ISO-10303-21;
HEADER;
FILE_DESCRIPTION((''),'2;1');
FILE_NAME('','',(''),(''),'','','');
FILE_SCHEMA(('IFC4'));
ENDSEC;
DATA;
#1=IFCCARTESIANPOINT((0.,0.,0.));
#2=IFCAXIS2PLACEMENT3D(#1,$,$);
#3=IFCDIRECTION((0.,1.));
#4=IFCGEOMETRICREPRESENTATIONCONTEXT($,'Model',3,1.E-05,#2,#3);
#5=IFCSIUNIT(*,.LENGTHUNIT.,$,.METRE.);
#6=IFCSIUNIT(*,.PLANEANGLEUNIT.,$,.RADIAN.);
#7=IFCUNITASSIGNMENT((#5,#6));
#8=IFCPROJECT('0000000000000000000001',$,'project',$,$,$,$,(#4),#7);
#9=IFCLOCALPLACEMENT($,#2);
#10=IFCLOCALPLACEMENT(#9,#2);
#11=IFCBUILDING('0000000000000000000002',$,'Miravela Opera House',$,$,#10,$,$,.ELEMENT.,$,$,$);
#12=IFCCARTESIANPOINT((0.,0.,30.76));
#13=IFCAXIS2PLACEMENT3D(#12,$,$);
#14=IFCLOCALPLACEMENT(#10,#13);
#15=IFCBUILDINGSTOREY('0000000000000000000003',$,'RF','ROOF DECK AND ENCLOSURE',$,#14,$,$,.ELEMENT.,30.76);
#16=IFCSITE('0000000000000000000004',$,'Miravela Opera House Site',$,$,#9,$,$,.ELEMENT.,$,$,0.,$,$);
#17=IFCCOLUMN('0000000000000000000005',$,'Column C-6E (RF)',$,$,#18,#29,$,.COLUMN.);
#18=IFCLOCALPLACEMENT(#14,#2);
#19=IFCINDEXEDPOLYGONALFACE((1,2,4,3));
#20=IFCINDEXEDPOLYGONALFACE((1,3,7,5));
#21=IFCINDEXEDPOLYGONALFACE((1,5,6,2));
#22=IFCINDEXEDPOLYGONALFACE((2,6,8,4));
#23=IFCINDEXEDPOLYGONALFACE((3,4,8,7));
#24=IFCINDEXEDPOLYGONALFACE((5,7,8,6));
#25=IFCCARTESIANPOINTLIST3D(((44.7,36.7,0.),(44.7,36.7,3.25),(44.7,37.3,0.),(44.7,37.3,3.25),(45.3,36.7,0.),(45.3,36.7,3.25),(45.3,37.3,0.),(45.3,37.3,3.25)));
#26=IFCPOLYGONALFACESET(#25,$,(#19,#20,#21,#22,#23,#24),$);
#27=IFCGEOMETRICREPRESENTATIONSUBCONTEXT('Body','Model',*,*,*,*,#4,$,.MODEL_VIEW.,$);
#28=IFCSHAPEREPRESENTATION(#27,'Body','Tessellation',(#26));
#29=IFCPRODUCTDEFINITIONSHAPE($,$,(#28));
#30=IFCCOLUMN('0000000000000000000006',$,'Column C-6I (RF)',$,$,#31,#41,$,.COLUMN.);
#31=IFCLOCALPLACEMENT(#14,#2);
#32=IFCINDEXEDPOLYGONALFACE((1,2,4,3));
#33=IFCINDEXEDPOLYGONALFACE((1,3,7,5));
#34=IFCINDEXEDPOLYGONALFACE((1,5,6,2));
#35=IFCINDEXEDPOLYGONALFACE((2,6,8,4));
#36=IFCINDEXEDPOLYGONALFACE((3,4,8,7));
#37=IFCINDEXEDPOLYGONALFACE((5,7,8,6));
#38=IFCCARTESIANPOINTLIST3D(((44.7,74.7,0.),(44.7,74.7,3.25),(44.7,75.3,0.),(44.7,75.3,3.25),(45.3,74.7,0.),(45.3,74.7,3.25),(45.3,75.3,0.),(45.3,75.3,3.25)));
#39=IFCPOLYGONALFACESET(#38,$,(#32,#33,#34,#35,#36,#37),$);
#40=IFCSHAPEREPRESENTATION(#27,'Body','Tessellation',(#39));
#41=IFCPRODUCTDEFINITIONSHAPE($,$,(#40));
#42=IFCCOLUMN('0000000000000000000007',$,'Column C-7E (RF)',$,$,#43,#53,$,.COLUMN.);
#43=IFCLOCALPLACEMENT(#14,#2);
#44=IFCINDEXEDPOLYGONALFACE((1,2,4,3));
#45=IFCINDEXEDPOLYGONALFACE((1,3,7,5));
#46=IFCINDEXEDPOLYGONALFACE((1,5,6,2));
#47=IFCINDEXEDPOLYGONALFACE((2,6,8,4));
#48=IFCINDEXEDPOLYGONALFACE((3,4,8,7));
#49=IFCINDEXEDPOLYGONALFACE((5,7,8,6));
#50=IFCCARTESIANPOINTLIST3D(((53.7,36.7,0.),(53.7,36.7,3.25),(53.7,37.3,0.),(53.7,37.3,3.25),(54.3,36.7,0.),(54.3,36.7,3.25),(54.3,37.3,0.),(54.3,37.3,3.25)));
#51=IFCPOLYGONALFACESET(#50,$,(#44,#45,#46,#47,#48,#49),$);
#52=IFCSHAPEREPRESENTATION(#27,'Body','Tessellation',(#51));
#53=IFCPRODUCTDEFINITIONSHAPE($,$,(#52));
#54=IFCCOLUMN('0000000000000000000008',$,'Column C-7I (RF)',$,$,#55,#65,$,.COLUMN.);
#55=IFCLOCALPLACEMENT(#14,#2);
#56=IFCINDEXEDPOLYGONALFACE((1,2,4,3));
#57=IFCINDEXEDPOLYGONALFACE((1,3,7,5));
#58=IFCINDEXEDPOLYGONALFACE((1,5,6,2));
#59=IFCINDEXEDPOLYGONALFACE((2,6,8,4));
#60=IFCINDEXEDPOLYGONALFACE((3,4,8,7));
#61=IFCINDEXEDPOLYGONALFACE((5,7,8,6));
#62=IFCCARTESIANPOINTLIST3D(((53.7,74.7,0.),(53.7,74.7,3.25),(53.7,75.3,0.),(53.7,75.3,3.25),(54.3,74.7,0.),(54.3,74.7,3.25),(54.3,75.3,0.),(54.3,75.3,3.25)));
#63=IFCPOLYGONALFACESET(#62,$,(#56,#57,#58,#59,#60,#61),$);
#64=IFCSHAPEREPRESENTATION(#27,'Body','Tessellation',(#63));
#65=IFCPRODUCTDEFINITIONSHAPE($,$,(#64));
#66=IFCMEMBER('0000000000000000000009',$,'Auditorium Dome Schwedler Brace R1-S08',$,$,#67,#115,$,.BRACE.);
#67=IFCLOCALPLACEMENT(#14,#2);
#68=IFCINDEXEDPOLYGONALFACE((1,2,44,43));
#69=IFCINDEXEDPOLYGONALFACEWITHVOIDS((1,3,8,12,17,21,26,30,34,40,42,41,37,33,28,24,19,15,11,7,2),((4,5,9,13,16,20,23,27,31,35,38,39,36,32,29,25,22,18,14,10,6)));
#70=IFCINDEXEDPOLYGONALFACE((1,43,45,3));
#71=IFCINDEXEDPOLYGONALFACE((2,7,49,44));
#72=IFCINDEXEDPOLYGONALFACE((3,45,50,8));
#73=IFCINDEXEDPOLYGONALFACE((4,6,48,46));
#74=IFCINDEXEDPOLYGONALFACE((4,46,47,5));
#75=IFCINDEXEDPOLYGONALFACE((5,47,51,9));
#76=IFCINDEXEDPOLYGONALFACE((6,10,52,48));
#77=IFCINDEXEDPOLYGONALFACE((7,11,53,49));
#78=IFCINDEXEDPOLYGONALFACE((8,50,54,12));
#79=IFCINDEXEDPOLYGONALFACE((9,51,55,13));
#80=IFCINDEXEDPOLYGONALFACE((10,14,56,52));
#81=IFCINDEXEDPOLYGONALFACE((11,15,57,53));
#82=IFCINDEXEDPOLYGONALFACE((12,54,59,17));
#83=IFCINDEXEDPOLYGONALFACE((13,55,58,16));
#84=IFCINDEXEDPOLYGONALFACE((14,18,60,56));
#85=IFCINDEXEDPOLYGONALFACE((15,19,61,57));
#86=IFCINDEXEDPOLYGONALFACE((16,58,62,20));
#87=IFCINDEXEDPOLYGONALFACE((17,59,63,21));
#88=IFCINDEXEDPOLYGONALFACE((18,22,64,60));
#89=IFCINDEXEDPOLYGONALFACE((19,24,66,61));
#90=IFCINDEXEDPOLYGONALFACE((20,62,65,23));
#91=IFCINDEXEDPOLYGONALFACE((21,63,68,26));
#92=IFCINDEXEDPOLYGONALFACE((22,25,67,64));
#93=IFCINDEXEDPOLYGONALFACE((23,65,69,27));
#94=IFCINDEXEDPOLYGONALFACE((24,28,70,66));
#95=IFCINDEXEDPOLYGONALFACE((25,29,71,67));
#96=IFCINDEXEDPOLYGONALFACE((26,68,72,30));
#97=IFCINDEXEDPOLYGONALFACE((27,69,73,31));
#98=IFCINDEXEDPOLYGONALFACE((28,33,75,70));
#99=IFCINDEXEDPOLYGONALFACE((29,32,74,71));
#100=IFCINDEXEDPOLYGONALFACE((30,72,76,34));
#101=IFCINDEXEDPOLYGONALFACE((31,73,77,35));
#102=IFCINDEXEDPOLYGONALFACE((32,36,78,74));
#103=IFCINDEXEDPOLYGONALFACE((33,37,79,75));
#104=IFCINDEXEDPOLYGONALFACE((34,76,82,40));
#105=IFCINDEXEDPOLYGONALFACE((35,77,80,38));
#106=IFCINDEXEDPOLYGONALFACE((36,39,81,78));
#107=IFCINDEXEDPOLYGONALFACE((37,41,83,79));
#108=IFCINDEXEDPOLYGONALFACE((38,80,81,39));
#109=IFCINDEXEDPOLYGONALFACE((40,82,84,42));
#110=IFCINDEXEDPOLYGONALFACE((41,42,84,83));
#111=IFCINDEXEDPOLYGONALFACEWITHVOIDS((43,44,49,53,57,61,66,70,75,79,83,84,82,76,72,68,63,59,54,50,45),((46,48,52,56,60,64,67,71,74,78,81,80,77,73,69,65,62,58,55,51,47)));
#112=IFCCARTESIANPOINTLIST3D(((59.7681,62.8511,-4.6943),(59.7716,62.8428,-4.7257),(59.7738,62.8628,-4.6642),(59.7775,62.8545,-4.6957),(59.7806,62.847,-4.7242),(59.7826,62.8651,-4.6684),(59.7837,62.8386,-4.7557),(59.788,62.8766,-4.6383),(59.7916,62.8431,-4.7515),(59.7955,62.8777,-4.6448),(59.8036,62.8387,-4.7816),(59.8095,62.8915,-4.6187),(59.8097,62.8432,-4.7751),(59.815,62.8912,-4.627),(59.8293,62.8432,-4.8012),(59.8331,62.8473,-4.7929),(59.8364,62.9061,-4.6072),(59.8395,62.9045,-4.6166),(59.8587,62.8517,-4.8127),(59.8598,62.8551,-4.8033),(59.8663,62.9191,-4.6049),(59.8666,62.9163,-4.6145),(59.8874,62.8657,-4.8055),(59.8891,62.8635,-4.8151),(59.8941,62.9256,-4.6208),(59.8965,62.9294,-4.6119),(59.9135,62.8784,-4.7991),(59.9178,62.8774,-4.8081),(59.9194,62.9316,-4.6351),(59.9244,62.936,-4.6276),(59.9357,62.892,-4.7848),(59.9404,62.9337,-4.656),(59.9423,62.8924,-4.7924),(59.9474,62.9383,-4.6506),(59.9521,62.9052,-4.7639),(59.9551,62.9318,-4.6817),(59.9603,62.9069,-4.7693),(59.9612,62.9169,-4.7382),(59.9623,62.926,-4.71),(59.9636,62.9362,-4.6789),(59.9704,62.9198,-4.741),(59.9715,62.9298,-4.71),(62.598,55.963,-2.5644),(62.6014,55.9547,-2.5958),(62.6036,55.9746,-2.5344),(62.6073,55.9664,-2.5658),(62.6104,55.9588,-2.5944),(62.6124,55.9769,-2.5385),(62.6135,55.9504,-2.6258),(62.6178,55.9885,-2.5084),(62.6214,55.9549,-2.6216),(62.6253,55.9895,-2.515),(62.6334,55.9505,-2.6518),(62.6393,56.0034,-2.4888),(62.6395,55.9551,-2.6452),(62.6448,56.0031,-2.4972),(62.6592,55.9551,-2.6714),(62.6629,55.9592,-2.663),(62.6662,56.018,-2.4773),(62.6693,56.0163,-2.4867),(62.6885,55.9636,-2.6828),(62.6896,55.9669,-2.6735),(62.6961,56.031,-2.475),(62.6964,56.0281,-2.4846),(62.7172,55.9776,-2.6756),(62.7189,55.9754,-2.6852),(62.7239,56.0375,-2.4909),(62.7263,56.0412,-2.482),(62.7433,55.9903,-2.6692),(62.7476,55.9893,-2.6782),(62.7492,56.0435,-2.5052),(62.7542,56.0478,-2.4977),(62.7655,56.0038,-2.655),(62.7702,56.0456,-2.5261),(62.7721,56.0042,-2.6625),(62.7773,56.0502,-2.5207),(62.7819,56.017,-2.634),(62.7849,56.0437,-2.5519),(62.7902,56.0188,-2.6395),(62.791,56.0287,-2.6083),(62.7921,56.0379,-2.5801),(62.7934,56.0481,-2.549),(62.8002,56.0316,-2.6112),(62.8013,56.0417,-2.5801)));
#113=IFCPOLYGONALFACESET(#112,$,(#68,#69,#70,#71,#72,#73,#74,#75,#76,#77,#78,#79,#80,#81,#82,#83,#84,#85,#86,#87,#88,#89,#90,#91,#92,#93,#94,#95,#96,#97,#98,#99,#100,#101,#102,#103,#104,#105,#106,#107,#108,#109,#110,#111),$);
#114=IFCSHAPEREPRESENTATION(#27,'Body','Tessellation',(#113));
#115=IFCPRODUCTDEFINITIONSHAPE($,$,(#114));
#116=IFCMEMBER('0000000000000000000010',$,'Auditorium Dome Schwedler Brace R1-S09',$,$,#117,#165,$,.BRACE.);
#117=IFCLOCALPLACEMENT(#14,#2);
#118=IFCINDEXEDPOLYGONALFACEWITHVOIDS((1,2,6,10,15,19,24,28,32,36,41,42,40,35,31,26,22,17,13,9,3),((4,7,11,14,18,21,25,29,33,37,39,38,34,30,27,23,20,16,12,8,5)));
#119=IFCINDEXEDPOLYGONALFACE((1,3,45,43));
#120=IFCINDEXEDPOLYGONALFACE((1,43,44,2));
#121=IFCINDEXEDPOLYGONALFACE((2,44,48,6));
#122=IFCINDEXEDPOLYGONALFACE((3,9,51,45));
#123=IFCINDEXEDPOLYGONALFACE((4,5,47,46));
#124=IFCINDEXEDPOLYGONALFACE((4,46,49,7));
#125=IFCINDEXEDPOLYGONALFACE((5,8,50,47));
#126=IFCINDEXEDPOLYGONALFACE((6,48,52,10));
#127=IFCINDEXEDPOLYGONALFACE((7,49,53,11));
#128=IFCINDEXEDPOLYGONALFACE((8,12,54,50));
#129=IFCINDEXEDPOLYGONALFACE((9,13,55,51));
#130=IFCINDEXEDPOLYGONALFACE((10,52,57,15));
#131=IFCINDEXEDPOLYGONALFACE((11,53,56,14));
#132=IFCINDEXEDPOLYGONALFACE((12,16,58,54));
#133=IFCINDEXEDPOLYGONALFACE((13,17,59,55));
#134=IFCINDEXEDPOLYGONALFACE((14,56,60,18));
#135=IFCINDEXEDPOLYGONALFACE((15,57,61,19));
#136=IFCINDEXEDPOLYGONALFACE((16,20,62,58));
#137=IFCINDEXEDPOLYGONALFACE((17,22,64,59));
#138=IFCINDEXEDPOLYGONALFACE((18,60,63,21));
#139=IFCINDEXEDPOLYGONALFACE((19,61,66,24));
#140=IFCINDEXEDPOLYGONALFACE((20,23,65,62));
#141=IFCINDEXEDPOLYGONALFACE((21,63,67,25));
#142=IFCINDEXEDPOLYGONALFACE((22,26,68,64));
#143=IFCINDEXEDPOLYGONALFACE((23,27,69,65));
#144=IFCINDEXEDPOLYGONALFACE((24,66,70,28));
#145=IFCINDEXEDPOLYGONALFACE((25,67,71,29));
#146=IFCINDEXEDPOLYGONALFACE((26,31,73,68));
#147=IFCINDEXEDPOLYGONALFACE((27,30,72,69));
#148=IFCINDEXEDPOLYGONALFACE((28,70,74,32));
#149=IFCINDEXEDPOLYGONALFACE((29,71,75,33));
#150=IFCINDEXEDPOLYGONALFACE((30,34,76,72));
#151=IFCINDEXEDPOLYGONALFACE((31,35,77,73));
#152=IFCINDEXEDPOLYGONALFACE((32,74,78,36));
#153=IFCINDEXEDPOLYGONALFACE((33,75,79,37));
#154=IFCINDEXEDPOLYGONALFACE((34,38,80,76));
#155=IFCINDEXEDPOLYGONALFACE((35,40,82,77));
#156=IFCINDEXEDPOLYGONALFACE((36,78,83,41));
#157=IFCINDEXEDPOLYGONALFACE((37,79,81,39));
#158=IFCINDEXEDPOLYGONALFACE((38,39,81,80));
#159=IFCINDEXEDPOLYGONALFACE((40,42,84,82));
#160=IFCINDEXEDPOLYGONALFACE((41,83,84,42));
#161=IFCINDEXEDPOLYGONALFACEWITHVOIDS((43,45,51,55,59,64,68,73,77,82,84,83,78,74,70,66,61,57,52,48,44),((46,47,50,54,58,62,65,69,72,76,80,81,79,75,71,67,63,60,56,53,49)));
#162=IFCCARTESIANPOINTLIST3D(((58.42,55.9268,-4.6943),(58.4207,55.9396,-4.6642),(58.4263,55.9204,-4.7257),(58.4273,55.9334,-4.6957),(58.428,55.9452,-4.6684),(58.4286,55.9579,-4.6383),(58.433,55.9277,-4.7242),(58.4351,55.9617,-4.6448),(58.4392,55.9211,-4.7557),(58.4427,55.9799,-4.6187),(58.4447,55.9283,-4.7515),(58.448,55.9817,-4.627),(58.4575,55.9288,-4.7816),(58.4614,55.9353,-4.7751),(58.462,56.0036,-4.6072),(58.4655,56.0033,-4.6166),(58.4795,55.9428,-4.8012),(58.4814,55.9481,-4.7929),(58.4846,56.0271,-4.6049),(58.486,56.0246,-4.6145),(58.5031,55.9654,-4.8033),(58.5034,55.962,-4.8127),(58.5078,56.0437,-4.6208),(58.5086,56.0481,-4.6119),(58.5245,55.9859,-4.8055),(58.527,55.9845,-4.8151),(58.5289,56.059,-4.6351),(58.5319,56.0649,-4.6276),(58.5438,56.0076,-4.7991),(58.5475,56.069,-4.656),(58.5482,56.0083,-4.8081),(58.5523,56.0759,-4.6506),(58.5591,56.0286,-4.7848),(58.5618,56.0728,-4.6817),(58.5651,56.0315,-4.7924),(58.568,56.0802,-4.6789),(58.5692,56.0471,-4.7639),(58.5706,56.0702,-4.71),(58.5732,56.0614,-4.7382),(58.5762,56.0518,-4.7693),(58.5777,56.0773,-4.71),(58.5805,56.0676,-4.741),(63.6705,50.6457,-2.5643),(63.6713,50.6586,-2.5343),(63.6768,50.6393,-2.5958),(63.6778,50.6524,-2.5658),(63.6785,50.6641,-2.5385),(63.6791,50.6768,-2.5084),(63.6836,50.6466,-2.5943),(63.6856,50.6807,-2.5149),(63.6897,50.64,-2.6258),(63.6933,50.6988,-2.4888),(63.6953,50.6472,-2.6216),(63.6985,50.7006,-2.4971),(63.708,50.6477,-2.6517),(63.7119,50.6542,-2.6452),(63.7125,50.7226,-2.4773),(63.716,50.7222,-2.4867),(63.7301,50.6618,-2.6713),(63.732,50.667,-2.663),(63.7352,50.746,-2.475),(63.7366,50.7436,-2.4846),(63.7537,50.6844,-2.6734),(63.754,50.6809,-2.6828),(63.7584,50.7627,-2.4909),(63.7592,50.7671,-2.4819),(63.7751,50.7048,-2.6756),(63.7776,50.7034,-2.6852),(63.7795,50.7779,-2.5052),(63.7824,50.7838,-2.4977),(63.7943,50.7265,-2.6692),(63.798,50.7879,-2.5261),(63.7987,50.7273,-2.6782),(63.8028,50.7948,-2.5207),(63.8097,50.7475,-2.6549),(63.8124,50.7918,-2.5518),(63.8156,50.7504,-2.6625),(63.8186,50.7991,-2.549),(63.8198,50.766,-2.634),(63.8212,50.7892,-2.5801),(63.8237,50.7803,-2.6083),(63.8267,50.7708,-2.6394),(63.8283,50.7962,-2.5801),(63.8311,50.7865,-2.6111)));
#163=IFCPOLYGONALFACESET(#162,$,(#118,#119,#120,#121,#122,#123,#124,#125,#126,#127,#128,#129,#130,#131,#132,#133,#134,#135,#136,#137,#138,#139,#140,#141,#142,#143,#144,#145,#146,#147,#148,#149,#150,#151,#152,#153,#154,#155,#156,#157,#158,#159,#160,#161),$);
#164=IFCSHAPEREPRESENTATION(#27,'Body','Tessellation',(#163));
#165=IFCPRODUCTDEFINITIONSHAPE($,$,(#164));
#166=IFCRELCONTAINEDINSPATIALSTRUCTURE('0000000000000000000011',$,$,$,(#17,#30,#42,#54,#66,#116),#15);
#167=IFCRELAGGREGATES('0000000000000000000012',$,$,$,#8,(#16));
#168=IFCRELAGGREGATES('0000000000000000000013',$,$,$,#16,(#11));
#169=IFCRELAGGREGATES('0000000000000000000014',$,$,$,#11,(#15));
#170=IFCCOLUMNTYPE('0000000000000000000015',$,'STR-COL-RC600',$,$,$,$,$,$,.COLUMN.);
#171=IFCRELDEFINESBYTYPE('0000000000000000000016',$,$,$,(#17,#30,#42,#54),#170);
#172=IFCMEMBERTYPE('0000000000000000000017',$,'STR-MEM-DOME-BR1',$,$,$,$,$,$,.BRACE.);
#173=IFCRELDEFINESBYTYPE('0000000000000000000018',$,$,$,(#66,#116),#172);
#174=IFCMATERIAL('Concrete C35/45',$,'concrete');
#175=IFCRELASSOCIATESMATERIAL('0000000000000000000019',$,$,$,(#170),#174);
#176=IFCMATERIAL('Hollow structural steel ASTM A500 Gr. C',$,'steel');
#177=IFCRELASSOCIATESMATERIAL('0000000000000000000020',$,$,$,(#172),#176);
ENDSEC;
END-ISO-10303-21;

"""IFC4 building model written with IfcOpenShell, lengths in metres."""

from ifc_helpers import new_model, si_unit, direction, frame, origin, origin_2d, place, context, subcontext, project, spatial, rectangle, hollow_circle, extrude, material, material_profile, profile_set, type_object, element, save


model = new_model("IFC4")

# Units and contexts
model_context = context("Model", 3, precision=1e-05, world=origin(), true_north=direction((0.0, 1.0)))
body_context = subcontext(model_context, "Body", "Model", "MODEL_VIEW")
ifc_project = project(units=[si_unit("LENGTHUNIT", "METRE"), si_unit("PLANEANGLEUNIT", "RADIAN")], contexts=[model_context])

# Site, building, storey
site_placement = place(None, origin())
site = spatial("IfcSite", under=ifc_project, at=site_placement, Name="Miravela Opera House Site", CompositionType="ELEMENT", RefElevation=0.0)
building_placement = place(site_placement, origin())
building = spatial("IfcBuilding", under=site, at=building_placement, Name="Miravela Opera House", CompositionType="ELEMENT")
storey_placement = place(building_placement, frame((0.0, 0.0, 30.76)))
storey = spatial("IfcBuildingStorey", under=building, at=storey_placement, Name="RF", Description="ROOF DECK AND ENCLOSURE", CompositionType="ELEMENT", Elevation=30.76)

# Columns
ifc_material_1 = material(Name="Concrete C35/45", Category="concrete")
ifc_material_profile_1 = material_profile(ifc_material_1, rectangle(XDim=0.6001, YDim=0.6001, at=origin_2d()), Name="RC-COL-600X600")
ifc_profile_set_1 = profile_set([ifc_material_profile_1])
column_type = type_object("IfcColumnType", Name="STR-COL-RC600", PredefinedType="COLUMN", material=ifc_profile_set_1)
for number, where, z_axis, x_axis, name in (
    (1, (45.0, 37.0, 0.0), (0.0, 0.0, 1.0), (1.0, 0.0, 0.0), "Column C-6E (RF)"),
    (2, (45.0, 75.0, 0.0), (0.0, 0.0, 1.0), (1.0, 0.0, 0.0), "Column C-6I (RF)"),
    (3, (54.0, 37.0, 0.0), (0.0, 0.0, 1.0), (1.0, 0.0, 0.0), "Column C-7E (RF)"),
    (4, (54.0, 75.0, 0.0), (0.0, 0.0, 1.0), (1.0, 0.0, 0.0), "Column C-7I (RF)"),
):
    element("IfcColumn", number, at=place(storey_placement, frame(where, z_axis=z_axis, x_axis=x_axis)), inside=storey, type_object=column_type, Name=name, PredefinedType="COLUMN", context=body_context, shape_type="SweptSolid", body=[
        extrude(rectangle(XDim=0.6001, YDim=0.6001, at=origin_2d()), origin(), (0.0, 0.0, 1.0), 3.25),
    ])

# Members
ifc_material_2 = material(Name="Hollow structural steel ASTM A500 Gr. C", Category="steel")
ifc_material_profile_2 = material_profile(ifc_material_2, hollow_circle(Radius=0.1096, WallThickness=0.01, at=origin_2d()), Name="CHS219X10")
ifc_profile_set_2 = profile_set([ifc_material_profile_2])
member_type_1 = type_object("IfcMemberType", Name="STR-MEM-DOME-BR1", PredefinedType="BRACE", material=ifc_profile_set_2)
member_1_placement = place(storey_placement, frame((59.8701, 62.8882, -4.71), z_axis=(0.365356, -0.889324, 0.274986), x_axis=(0.924984, 0.380006, 0.0)))
element("IfcMember", 5, at=member_1_placement, inside=storey, type_object=member_type_1, Name="Auditorium Dome Schwedler Brace R1-S08", PredefinedType="BRACE", context=body_context, shape_type="SweptSolid", body=[
    extrude(hollow_circle(Radius=0.1096, WallThickness=0.01, at=origin_2d()), origin(), (0.0, 0.0, 1.0), 7.7454),
])
member_2_placement = place(storey_placement, frame((58.5, 56.0, -4.71), z_axis=(0.677874, -0.681814, 0.274983), x_axis=(0.709153, 0.705055, 0.0)))
element("IfcMember", 6, at=member_2_placement, inside=storey, type_object=member_type_1, Name="Auditorium Dome Schwedler Brace R1-S09", PredefinedType="BRACE", context=body_context, shape_type="SweptSolid", body=[
    extrude(hollow_circle(Radius=0.1096, WallThickness=0.01, at=origin_2d()), origin(), (0.0, 0.0, 1.0), 7.7456),
])

save(model, "model.ifc")
